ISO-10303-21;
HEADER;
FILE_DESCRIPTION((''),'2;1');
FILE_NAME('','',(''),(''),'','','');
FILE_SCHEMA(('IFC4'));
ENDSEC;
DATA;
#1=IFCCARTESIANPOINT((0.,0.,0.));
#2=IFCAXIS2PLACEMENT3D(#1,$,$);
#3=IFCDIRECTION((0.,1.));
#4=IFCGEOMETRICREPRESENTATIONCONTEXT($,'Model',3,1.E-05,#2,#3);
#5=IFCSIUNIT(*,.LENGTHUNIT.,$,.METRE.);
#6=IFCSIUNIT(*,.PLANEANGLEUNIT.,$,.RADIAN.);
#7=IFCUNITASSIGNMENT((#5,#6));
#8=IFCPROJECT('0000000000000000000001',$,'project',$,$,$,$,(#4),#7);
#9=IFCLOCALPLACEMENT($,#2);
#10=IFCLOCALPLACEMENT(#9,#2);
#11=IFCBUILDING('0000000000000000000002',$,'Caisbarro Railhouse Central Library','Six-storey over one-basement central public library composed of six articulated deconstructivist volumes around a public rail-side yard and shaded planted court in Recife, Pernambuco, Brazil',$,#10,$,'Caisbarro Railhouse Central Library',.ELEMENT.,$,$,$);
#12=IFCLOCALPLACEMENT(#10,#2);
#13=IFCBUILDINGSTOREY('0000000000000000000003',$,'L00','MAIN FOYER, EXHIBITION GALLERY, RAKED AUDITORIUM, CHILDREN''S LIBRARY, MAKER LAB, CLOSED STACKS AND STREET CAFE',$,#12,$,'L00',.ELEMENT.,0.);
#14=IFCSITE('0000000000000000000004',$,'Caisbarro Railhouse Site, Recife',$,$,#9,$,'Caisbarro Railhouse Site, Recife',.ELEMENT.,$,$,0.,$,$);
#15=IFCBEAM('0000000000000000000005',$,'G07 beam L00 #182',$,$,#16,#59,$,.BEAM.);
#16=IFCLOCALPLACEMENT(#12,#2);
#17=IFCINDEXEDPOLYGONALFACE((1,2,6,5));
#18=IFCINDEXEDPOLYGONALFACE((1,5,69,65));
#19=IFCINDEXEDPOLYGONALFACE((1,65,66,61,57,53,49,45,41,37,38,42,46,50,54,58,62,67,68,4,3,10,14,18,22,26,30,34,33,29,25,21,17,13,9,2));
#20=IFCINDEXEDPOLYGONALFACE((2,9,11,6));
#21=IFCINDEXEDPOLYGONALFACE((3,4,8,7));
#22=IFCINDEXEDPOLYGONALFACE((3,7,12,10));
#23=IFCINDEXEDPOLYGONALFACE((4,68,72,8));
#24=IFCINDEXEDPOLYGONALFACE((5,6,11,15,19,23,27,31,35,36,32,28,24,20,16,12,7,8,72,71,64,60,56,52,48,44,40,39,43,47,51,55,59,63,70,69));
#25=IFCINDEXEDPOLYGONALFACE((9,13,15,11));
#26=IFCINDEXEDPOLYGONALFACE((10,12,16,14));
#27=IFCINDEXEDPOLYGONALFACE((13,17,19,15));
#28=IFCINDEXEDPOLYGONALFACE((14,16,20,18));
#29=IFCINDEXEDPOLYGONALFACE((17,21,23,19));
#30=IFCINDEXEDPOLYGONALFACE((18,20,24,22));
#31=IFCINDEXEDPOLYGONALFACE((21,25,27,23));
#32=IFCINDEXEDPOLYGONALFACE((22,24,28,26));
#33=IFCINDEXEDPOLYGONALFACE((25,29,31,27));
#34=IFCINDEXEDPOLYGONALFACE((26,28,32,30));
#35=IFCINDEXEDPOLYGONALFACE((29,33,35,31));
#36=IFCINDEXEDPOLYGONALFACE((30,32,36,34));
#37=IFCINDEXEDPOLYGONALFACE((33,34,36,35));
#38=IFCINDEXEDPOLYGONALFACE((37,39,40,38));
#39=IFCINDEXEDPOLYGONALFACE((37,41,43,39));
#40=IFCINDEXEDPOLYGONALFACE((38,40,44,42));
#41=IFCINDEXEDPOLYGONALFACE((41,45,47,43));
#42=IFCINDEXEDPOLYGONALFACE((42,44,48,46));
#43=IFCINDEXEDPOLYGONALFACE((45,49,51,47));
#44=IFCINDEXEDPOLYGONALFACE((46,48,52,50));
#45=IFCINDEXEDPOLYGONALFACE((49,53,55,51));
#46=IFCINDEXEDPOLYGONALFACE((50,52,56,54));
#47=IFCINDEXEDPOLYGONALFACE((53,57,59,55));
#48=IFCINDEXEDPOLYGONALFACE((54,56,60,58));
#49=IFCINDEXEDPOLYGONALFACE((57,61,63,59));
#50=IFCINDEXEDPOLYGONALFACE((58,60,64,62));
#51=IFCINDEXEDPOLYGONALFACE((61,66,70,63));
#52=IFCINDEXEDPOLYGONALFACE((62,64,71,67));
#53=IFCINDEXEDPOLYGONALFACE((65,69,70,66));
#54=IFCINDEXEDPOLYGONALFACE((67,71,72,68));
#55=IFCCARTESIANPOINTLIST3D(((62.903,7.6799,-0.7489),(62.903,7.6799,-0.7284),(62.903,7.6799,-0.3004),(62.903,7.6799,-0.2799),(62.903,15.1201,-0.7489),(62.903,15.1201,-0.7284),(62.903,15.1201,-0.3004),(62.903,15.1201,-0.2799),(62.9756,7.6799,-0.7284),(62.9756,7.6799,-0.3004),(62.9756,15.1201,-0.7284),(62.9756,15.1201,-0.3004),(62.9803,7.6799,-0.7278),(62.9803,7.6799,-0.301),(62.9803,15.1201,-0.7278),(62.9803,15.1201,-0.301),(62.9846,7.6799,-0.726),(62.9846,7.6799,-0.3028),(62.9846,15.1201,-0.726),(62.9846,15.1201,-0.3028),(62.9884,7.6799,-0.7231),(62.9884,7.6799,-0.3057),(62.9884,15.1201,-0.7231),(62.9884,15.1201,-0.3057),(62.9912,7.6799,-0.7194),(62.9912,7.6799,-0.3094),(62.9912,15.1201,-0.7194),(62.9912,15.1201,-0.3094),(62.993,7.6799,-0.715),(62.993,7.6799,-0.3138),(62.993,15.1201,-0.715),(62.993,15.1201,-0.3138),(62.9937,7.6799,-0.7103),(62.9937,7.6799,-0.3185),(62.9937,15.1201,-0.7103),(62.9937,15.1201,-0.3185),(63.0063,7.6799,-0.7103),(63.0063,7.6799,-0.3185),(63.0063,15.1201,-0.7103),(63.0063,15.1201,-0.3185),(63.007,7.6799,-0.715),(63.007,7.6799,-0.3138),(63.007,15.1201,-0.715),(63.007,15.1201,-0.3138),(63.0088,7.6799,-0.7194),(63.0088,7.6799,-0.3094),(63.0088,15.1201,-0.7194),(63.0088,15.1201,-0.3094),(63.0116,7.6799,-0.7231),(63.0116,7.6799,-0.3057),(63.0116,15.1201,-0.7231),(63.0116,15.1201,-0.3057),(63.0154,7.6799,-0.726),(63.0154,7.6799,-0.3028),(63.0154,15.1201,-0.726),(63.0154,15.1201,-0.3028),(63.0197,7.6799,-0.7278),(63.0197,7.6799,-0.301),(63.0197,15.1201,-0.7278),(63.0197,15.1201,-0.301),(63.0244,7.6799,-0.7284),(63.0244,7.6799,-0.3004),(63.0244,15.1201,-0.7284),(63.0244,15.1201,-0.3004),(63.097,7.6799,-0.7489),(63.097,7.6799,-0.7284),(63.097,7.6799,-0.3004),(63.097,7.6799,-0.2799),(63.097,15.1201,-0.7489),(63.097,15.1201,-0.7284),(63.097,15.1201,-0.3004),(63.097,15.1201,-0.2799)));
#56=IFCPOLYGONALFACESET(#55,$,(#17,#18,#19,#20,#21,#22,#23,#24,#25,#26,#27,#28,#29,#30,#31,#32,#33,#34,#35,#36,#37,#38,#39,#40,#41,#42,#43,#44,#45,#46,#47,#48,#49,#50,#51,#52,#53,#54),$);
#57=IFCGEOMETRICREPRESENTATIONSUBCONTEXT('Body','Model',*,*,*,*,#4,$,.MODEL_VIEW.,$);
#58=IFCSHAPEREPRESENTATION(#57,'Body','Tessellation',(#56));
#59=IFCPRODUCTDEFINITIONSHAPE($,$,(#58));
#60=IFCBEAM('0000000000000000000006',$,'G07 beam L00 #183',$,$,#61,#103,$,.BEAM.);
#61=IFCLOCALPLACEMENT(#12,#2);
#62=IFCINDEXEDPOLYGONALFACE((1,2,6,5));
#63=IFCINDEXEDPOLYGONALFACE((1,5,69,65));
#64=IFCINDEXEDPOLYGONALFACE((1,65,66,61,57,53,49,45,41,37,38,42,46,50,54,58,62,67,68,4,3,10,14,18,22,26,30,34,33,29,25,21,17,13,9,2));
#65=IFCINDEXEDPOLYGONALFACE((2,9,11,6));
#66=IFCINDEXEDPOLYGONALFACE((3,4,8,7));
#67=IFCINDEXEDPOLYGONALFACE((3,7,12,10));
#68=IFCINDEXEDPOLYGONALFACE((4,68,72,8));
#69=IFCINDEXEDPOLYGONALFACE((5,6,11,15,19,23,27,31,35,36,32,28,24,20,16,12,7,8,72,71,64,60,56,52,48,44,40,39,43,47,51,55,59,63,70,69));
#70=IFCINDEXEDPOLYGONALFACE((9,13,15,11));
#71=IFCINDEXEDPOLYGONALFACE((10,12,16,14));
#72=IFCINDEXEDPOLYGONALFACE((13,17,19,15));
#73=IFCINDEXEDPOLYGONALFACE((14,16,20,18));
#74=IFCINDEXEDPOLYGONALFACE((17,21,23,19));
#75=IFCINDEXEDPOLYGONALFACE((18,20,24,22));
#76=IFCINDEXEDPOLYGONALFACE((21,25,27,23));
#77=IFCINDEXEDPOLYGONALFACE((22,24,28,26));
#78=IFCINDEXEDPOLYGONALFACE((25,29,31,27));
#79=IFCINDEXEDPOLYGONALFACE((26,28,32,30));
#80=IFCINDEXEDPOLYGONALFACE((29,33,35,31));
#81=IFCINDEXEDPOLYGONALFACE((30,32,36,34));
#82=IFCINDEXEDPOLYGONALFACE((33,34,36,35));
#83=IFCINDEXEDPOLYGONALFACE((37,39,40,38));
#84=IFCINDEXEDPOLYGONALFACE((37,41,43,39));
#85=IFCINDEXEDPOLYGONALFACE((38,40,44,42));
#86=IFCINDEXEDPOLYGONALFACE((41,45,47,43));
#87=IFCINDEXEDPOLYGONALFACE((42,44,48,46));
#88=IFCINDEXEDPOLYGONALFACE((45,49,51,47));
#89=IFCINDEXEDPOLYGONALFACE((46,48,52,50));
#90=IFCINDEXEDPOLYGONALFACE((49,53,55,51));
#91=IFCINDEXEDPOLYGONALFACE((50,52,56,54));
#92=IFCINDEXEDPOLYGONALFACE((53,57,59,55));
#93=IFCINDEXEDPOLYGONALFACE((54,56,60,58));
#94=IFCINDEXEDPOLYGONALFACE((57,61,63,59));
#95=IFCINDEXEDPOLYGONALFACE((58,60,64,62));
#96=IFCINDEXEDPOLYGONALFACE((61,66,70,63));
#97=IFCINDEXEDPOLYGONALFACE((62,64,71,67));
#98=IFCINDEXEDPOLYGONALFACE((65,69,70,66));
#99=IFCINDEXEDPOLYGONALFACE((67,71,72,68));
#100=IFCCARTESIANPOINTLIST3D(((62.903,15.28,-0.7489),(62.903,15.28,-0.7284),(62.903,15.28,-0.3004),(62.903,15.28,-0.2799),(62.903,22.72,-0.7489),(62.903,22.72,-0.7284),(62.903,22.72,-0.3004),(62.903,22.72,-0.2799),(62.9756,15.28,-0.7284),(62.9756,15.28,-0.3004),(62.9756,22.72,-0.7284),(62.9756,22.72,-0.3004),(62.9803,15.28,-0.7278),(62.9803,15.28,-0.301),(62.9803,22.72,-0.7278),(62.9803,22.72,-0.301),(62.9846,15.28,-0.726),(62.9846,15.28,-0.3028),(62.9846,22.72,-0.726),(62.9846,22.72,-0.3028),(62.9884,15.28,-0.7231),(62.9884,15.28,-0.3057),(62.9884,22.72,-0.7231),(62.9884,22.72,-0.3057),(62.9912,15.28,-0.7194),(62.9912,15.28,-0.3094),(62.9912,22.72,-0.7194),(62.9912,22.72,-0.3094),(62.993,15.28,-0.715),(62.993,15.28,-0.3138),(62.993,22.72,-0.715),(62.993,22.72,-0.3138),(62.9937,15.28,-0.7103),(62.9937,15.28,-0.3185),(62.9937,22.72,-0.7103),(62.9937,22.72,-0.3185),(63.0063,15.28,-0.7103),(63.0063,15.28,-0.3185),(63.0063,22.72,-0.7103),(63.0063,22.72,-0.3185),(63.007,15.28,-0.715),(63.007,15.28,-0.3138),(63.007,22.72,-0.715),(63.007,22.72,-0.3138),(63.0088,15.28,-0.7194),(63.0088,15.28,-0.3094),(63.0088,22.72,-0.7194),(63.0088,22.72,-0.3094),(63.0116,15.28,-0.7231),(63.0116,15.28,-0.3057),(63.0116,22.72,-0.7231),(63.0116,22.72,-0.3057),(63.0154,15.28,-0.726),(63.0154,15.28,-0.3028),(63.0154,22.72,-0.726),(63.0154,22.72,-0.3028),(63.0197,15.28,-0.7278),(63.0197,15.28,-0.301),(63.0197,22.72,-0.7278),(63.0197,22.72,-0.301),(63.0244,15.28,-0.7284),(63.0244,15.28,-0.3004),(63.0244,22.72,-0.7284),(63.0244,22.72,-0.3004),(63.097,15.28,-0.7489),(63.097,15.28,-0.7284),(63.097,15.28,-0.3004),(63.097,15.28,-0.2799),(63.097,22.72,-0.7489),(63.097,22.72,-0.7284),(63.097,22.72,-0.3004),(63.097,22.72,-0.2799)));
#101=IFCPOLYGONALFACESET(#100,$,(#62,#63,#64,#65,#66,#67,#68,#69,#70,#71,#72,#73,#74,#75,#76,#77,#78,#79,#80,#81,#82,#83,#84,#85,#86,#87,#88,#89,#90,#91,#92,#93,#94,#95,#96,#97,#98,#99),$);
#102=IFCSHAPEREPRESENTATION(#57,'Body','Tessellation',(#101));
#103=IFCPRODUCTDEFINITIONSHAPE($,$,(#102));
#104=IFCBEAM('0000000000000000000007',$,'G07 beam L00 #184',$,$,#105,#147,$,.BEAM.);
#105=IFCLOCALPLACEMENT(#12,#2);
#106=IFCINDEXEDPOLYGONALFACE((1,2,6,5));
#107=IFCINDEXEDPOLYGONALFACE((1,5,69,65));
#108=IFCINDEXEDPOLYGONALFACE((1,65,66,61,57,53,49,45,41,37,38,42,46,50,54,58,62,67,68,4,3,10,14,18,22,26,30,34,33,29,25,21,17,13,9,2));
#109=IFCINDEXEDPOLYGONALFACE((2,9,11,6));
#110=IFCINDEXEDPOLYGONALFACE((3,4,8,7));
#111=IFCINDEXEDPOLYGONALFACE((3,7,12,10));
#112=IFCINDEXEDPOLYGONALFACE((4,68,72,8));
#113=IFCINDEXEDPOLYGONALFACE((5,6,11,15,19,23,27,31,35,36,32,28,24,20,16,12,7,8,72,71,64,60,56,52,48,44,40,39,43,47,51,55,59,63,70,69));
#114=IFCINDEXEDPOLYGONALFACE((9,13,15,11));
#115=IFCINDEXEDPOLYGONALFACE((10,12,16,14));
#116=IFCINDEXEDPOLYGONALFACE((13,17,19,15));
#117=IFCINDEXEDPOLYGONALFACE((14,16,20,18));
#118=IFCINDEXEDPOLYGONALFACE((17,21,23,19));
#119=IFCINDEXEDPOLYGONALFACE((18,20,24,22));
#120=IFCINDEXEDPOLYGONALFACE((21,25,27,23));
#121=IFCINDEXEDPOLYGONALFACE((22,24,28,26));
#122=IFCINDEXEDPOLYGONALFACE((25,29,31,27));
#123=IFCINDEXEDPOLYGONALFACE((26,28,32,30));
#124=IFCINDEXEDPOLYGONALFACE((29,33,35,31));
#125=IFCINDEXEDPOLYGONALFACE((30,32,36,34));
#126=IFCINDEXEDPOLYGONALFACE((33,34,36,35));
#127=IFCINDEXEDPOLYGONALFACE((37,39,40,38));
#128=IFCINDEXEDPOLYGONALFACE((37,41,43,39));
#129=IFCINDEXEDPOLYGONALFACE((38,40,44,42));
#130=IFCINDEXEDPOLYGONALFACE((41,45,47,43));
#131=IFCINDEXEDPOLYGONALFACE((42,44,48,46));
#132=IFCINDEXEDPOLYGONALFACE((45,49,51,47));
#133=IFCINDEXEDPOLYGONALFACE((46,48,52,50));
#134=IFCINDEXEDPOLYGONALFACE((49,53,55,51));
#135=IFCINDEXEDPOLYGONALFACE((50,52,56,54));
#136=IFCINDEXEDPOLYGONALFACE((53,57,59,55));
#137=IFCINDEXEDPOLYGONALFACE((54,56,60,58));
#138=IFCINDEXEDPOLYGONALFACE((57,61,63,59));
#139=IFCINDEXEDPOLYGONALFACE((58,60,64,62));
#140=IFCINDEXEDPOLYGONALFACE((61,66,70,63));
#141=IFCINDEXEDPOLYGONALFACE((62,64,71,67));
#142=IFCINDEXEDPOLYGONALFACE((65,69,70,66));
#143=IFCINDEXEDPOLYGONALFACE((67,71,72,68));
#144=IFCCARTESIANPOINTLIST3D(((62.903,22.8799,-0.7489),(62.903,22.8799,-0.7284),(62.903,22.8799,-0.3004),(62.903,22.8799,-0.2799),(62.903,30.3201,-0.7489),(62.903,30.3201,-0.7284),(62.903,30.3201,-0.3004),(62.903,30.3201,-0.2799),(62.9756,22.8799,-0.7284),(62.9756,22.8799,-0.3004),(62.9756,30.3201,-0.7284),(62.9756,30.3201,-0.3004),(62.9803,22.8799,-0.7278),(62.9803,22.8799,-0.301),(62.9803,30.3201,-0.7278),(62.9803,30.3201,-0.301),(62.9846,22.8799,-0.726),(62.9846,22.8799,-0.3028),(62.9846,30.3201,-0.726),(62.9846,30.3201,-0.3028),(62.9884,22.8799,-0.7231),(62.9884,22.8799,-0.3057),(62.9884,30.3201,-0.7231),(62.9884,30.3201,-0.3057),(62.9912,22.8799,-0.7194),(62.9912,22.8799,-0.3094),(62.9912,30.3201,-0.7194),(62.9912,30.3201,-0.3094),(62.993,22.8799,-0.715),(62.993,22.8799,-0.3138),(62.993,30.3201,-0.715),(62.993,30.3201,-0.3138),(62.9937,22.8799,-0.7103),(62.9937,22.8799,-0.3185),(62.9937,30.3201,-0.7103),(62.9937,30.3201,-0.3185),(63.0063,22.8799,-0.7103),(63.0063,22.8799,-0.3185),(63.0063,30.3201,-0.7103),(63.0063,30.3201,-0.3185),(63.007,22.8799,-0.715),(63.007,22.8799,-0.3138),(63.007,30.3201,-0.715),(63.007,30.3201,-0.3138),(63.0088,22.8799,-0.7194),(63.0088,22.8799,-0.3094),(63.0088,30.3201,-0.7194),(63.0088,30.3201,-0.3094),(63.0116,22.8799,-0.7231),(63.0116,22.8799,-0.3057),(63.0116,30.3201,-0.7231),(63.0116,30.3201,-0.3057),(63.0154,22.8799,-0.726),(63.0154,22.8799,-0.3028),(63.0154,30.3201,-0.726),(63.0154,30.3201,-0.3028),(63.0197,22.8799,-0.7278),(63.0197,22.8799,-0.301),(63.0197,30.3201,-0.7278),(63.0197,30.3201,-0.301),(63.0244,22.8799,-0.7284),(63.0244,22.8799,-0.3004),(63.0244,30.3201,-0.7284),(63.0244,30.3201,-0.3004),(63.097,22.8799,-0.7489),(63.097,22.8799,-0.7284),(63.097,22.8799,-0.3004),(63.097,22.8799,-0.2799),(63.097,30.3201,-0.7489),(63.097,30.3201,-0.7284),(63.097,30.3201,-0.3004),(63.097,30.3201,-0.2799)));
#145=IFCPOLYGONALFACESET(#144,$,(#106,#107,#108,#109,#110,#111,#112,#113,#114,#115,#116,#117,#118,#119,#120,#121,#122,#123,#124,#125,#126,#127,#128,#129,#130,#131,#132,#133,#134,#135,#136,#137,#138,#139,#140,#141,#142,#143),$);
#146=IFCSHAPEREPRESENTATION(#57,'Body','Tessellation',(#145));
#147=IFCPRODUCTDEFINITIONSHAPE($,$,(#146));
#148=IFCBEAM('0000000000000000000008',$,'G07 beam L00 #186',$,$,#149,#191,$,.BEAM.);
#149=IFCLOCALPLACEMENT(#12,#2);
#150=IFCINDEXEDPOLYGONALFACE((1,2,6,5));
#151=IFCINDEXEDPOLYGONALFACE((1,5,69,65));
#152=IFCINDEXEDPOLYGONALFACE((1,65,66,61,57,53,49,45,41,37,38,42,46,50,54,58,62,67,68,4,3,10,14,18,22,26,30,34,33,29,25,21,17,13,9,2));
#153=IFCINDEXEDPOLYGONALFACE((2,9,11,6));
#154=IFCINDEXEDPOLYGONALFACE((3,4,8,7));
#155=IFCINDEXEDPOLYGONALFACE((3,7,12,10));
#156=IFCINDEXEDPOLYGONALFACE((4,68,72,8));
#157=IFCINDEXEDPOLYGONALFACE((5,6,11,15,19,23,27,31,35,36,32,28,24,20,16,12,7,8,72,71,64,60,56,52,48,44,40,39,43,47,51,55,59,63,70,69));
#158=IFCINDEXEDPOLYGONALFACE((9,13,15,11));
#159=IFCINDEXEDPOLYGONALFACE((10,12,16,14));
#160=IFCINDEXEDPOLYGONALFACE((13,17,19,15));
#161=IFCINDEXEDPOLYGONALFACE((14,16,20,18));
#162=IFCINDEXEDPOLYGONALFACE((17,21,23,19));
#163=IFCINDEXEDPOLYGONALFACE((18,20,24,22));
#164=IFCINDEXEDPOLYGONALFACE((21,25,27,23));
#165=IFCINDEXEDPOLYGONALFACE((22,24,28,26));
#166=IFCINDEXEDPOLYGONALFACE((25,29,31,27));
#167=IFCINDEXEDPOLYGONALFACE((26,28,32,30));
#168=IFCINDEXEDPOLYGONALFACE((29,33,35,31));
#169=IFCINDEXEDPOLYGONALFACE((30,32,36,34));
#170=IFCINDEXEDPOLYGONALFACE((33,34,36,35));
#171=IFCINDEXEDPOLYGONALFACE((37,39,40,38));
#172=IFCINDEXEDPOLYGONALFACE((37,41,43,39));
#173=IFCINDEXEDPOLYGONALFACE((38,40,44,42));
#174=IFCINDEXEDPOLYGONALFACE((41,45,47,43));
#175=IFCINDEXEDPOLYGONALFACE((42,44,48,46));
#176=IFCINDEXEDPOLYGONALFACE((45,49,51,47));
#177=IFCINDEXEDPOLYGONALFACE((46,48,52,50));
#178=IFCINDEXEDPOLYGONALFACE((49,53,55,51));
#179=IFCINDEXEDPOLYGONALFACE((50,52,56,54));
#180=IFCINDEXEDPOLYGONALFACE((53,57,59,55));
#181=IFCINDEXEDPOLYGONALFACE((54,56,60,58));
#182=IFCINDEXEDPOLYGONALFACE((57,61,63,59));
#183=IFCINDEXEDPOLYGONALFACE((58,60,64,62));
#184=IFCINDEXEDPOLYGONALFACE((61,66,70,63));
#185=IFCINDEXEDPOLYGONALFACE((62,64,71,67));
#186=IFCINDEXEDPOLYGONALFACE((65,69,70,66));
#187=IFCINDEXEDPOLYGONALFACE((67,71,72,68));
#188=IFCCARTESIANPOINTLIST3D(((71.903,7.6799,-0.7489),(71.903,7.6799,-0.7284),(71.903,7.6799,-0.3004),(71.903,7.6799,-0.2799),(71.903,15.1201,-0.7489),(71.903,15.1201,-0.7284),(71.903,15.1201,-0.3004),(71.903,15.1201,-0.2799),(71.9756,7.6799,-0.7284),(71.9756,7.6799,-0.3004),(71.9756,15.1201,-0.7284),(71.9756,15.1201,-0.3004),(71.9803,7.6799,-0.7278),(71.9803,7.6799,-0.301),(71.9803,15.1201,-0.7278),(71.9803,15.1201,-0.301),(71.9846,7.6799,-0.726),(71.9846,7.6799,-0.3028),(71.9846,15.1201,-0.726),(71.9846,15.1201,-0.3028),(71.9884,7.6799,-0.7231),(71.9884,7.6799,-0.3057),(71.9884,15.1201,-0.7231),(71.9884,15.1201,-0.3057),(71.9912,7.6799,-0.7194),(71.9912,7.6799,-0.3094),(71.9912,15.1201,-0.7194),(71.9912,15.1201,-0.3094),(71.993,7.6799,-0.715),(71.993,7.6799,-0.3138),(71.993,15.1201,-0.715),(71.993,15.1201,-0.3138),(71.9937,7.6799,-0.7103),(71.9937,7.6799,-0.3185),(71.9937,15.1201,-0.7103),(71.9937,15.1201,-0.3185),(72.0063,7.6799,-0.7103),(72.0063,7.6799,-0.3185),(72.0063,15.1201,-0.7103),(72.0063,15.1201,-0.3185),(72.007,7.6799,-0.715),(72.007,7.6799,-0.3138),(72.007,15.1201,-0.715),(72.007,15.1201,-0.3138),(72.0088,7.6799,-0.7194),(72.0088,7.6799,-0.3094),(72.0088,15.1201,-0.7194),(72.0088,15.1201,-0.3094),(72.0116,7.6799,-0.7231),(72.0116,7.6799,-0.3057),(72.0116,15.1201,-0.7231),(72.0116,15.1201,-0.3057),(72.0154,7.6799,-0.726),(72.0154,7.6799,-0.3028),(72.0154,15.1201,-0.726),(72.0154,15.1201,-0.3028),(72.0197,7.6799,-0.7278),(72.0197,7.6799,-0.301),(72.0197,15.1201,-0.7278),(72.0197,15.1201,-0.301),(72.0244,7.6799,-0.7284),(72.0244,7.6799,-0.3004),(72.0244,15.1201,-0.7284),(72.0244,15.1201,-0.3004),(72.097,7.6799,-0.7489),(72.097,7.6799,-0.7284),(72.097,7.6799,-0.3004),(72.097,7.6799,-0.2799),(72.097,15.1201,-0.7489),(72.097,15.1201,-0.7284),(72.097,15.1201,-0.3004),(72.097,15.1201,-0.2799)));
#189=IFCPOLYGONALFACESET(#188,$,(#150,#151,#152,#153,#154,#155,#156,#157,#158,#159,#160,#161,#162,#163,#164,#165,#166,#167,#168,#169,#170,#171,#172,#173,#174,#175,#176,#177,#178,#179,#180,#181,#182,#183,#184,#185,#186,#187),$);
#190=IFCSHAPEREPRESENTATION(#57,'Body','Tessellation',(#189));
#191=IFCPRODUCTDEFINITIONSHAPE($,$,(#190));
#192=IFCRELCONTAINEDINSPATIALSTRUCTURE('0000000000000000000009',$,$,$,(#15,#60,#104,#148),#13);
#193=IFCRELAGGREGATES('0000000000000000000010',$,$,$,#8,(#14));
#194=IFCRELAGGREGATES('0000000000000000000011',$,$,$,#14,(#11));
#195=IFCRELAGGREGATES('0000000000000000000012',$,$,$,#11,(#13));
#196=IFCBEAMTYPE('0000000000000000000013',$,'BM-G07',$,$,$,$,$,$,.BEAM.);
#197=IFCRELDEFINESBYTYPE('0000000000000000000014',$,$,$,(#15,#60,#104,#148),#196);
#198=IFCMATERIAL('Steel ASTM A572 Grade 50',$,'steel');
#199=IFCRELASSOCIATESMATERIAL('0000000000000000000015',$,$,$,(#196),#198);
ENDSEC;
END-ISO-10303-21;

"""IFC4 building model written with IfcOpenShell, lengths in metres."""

from ifc_helpers import new_model, si_unit, direction, frame, origin, origin_2d, place, context, subcontext, project, spatial, i_section, extrude, material, material_profile, profile_set, type_object, element, save


model = new_model("IFC4")

# Units and contexts
model_context = context("Model", 3, precision=1e-05, world=origin(), true_north=direction((0.0, 1.0)))
body_context = subcontext(model_context, "Body", "Model", "MODEL_VIEW")
ifc_project = project(units=[si_unit("LENGTHUNIT", "METRE"), si_unit("PLANEANGLEUNIT", "RADIAN")], contexts=[model_context])

# Site, building, storey
site_placement = place(None, origin())
site = spatial("IfcSite", under=ifc_project, at=site_placement, Name="Caisbarro Railhouse Site, Recife", LongName="Caisbarro Railhouse Site, Recife", CompositionType="ELEMENT", RefElevation=0.0)
building_placement = place(site_placement, origin())
building = spatial("IfcBuilding", under=site, at=building_placement, Name="Caisbarro Railhouse Central Library", Description="Six-storey over one-basement central public library composed of six articulated deconstructivist volumes around a public rail-side yard and shaded planted court in Recife, Pernambuco, Brazil", LongName="Caisbarro Railhouse Central Library", CompositionType="ELEMENT")
storey_placement = place(building_placement, origin())
storey = spatial("IfcBuildingStorey", under=building, at=storey_placement, Name="L00", Description="MAIN FOYER, EXHIBITION GALLERY, RAKED AUDITORIUM, CHILDREN'S LIBRARY, MAKER LAB, CLOSED STACKS AND STREET CAFE", LongName="L00", CompositionType="ELEMENT", Elevation=0.0)

# Shared definitions
ifc_material_1 = material(Name="Steel ASTM A572 Grade 50", Category="steel")

# Beams
ifc_material_profile_1 = material_profile(ifc_material_1, i_section(OverallWidth=0.1941, OverallDepth=0.469, WebThickness=0.0127, FlangeThickness=0.0205, FilletRadius=0.0181, at=origin_2d()), Name="W460X106.0")
ifc_profile_set_1 = profile_set([ifc_material_profile_1], Name="Steel ASTM A572 Grade 50")
beam_type_1 = type_object("IfcBeamType", Name="BM-G07", PredefinedType="BEAM", material=ifc_profile_set_1)
beam_1_placement = place(storey_placement, frame((63.0, 7.6799, -0.5144), z_axis=(0.0, 1.0, 0.0), x_axis=(-1.0, 0.0, 0.0)))
element("IfcBeam", 1, at=beam_1_placement, inside=storey, type_object=beam_type_1, Name="G07 beam L00 #182", PredefinedType="BEAM", context=body_context, shape_type="SweptSolid", body=[
    extrude(i_section(OverallWidth=0.1941, OverallDepth=0.469, WebThickness=0.0127, FlangeThickness=0.0205, FilletRadius=0.0181, at=origin_2d()), origin(), (0.0, 0.0, 1.0), 7.4402),
])
beam_2_placement = place(storey_placement, frame((63.0, 15.28, -0.5144), z_axis=(0.0, 1.0, 0.0), x_axis=(-1.0, 0.0, 0.0)))
element("IfcBeam", 2, at=beam_2_placement, inside=storey, type_object=beam_type_1, Name="G07 beam L00 #183", PredefinedType="BEAM", context=body_context, shape_type="SweptSolid", body=[
    extrude(i_section(OverallWidth=0.1941, OverallDepth=0.469, WebThickness=0.0127, FlangeThickness=0.0205, FilletRadius=0.0181, at=origin_2d()), origin(), (0.0, 0.0, 1.0), 7.4399),
])
for number, where, z_axis, x_axis, name in (
    (3, (63.0, 22.8799, -0.5144), (0.0, 1.0, 0.0), (-1.0, 0.0, 0.0), "G07 beam L00 #184"),
    (4, (72.0, 7.6799, -0.5144), (0.0, 1.0, 0.0), (-1.0, 0.0, 0.0), "G07 beam L00 #186"),
):
    element("IfcBeam", number, at=place(storey_placement, frame(where, z_axis=z_axis, x_axis=x_axis)), inside=storey, type_object=beam_type_1, Name=name, PredefinedType="BEAM", context=body_context, shape_type="SweptSolid", body=[
        extrude(i_section(OverallWidth=0.1941, OverallDepth=0.469, WebThickness=0.0127, FlangeThickness=0.0205, FilletRadius=0.0181, at=origin_2d()), origin(), (0.0, 0.0, 1.0), 7.4402),
    ])

save(model, "model.ifc")
